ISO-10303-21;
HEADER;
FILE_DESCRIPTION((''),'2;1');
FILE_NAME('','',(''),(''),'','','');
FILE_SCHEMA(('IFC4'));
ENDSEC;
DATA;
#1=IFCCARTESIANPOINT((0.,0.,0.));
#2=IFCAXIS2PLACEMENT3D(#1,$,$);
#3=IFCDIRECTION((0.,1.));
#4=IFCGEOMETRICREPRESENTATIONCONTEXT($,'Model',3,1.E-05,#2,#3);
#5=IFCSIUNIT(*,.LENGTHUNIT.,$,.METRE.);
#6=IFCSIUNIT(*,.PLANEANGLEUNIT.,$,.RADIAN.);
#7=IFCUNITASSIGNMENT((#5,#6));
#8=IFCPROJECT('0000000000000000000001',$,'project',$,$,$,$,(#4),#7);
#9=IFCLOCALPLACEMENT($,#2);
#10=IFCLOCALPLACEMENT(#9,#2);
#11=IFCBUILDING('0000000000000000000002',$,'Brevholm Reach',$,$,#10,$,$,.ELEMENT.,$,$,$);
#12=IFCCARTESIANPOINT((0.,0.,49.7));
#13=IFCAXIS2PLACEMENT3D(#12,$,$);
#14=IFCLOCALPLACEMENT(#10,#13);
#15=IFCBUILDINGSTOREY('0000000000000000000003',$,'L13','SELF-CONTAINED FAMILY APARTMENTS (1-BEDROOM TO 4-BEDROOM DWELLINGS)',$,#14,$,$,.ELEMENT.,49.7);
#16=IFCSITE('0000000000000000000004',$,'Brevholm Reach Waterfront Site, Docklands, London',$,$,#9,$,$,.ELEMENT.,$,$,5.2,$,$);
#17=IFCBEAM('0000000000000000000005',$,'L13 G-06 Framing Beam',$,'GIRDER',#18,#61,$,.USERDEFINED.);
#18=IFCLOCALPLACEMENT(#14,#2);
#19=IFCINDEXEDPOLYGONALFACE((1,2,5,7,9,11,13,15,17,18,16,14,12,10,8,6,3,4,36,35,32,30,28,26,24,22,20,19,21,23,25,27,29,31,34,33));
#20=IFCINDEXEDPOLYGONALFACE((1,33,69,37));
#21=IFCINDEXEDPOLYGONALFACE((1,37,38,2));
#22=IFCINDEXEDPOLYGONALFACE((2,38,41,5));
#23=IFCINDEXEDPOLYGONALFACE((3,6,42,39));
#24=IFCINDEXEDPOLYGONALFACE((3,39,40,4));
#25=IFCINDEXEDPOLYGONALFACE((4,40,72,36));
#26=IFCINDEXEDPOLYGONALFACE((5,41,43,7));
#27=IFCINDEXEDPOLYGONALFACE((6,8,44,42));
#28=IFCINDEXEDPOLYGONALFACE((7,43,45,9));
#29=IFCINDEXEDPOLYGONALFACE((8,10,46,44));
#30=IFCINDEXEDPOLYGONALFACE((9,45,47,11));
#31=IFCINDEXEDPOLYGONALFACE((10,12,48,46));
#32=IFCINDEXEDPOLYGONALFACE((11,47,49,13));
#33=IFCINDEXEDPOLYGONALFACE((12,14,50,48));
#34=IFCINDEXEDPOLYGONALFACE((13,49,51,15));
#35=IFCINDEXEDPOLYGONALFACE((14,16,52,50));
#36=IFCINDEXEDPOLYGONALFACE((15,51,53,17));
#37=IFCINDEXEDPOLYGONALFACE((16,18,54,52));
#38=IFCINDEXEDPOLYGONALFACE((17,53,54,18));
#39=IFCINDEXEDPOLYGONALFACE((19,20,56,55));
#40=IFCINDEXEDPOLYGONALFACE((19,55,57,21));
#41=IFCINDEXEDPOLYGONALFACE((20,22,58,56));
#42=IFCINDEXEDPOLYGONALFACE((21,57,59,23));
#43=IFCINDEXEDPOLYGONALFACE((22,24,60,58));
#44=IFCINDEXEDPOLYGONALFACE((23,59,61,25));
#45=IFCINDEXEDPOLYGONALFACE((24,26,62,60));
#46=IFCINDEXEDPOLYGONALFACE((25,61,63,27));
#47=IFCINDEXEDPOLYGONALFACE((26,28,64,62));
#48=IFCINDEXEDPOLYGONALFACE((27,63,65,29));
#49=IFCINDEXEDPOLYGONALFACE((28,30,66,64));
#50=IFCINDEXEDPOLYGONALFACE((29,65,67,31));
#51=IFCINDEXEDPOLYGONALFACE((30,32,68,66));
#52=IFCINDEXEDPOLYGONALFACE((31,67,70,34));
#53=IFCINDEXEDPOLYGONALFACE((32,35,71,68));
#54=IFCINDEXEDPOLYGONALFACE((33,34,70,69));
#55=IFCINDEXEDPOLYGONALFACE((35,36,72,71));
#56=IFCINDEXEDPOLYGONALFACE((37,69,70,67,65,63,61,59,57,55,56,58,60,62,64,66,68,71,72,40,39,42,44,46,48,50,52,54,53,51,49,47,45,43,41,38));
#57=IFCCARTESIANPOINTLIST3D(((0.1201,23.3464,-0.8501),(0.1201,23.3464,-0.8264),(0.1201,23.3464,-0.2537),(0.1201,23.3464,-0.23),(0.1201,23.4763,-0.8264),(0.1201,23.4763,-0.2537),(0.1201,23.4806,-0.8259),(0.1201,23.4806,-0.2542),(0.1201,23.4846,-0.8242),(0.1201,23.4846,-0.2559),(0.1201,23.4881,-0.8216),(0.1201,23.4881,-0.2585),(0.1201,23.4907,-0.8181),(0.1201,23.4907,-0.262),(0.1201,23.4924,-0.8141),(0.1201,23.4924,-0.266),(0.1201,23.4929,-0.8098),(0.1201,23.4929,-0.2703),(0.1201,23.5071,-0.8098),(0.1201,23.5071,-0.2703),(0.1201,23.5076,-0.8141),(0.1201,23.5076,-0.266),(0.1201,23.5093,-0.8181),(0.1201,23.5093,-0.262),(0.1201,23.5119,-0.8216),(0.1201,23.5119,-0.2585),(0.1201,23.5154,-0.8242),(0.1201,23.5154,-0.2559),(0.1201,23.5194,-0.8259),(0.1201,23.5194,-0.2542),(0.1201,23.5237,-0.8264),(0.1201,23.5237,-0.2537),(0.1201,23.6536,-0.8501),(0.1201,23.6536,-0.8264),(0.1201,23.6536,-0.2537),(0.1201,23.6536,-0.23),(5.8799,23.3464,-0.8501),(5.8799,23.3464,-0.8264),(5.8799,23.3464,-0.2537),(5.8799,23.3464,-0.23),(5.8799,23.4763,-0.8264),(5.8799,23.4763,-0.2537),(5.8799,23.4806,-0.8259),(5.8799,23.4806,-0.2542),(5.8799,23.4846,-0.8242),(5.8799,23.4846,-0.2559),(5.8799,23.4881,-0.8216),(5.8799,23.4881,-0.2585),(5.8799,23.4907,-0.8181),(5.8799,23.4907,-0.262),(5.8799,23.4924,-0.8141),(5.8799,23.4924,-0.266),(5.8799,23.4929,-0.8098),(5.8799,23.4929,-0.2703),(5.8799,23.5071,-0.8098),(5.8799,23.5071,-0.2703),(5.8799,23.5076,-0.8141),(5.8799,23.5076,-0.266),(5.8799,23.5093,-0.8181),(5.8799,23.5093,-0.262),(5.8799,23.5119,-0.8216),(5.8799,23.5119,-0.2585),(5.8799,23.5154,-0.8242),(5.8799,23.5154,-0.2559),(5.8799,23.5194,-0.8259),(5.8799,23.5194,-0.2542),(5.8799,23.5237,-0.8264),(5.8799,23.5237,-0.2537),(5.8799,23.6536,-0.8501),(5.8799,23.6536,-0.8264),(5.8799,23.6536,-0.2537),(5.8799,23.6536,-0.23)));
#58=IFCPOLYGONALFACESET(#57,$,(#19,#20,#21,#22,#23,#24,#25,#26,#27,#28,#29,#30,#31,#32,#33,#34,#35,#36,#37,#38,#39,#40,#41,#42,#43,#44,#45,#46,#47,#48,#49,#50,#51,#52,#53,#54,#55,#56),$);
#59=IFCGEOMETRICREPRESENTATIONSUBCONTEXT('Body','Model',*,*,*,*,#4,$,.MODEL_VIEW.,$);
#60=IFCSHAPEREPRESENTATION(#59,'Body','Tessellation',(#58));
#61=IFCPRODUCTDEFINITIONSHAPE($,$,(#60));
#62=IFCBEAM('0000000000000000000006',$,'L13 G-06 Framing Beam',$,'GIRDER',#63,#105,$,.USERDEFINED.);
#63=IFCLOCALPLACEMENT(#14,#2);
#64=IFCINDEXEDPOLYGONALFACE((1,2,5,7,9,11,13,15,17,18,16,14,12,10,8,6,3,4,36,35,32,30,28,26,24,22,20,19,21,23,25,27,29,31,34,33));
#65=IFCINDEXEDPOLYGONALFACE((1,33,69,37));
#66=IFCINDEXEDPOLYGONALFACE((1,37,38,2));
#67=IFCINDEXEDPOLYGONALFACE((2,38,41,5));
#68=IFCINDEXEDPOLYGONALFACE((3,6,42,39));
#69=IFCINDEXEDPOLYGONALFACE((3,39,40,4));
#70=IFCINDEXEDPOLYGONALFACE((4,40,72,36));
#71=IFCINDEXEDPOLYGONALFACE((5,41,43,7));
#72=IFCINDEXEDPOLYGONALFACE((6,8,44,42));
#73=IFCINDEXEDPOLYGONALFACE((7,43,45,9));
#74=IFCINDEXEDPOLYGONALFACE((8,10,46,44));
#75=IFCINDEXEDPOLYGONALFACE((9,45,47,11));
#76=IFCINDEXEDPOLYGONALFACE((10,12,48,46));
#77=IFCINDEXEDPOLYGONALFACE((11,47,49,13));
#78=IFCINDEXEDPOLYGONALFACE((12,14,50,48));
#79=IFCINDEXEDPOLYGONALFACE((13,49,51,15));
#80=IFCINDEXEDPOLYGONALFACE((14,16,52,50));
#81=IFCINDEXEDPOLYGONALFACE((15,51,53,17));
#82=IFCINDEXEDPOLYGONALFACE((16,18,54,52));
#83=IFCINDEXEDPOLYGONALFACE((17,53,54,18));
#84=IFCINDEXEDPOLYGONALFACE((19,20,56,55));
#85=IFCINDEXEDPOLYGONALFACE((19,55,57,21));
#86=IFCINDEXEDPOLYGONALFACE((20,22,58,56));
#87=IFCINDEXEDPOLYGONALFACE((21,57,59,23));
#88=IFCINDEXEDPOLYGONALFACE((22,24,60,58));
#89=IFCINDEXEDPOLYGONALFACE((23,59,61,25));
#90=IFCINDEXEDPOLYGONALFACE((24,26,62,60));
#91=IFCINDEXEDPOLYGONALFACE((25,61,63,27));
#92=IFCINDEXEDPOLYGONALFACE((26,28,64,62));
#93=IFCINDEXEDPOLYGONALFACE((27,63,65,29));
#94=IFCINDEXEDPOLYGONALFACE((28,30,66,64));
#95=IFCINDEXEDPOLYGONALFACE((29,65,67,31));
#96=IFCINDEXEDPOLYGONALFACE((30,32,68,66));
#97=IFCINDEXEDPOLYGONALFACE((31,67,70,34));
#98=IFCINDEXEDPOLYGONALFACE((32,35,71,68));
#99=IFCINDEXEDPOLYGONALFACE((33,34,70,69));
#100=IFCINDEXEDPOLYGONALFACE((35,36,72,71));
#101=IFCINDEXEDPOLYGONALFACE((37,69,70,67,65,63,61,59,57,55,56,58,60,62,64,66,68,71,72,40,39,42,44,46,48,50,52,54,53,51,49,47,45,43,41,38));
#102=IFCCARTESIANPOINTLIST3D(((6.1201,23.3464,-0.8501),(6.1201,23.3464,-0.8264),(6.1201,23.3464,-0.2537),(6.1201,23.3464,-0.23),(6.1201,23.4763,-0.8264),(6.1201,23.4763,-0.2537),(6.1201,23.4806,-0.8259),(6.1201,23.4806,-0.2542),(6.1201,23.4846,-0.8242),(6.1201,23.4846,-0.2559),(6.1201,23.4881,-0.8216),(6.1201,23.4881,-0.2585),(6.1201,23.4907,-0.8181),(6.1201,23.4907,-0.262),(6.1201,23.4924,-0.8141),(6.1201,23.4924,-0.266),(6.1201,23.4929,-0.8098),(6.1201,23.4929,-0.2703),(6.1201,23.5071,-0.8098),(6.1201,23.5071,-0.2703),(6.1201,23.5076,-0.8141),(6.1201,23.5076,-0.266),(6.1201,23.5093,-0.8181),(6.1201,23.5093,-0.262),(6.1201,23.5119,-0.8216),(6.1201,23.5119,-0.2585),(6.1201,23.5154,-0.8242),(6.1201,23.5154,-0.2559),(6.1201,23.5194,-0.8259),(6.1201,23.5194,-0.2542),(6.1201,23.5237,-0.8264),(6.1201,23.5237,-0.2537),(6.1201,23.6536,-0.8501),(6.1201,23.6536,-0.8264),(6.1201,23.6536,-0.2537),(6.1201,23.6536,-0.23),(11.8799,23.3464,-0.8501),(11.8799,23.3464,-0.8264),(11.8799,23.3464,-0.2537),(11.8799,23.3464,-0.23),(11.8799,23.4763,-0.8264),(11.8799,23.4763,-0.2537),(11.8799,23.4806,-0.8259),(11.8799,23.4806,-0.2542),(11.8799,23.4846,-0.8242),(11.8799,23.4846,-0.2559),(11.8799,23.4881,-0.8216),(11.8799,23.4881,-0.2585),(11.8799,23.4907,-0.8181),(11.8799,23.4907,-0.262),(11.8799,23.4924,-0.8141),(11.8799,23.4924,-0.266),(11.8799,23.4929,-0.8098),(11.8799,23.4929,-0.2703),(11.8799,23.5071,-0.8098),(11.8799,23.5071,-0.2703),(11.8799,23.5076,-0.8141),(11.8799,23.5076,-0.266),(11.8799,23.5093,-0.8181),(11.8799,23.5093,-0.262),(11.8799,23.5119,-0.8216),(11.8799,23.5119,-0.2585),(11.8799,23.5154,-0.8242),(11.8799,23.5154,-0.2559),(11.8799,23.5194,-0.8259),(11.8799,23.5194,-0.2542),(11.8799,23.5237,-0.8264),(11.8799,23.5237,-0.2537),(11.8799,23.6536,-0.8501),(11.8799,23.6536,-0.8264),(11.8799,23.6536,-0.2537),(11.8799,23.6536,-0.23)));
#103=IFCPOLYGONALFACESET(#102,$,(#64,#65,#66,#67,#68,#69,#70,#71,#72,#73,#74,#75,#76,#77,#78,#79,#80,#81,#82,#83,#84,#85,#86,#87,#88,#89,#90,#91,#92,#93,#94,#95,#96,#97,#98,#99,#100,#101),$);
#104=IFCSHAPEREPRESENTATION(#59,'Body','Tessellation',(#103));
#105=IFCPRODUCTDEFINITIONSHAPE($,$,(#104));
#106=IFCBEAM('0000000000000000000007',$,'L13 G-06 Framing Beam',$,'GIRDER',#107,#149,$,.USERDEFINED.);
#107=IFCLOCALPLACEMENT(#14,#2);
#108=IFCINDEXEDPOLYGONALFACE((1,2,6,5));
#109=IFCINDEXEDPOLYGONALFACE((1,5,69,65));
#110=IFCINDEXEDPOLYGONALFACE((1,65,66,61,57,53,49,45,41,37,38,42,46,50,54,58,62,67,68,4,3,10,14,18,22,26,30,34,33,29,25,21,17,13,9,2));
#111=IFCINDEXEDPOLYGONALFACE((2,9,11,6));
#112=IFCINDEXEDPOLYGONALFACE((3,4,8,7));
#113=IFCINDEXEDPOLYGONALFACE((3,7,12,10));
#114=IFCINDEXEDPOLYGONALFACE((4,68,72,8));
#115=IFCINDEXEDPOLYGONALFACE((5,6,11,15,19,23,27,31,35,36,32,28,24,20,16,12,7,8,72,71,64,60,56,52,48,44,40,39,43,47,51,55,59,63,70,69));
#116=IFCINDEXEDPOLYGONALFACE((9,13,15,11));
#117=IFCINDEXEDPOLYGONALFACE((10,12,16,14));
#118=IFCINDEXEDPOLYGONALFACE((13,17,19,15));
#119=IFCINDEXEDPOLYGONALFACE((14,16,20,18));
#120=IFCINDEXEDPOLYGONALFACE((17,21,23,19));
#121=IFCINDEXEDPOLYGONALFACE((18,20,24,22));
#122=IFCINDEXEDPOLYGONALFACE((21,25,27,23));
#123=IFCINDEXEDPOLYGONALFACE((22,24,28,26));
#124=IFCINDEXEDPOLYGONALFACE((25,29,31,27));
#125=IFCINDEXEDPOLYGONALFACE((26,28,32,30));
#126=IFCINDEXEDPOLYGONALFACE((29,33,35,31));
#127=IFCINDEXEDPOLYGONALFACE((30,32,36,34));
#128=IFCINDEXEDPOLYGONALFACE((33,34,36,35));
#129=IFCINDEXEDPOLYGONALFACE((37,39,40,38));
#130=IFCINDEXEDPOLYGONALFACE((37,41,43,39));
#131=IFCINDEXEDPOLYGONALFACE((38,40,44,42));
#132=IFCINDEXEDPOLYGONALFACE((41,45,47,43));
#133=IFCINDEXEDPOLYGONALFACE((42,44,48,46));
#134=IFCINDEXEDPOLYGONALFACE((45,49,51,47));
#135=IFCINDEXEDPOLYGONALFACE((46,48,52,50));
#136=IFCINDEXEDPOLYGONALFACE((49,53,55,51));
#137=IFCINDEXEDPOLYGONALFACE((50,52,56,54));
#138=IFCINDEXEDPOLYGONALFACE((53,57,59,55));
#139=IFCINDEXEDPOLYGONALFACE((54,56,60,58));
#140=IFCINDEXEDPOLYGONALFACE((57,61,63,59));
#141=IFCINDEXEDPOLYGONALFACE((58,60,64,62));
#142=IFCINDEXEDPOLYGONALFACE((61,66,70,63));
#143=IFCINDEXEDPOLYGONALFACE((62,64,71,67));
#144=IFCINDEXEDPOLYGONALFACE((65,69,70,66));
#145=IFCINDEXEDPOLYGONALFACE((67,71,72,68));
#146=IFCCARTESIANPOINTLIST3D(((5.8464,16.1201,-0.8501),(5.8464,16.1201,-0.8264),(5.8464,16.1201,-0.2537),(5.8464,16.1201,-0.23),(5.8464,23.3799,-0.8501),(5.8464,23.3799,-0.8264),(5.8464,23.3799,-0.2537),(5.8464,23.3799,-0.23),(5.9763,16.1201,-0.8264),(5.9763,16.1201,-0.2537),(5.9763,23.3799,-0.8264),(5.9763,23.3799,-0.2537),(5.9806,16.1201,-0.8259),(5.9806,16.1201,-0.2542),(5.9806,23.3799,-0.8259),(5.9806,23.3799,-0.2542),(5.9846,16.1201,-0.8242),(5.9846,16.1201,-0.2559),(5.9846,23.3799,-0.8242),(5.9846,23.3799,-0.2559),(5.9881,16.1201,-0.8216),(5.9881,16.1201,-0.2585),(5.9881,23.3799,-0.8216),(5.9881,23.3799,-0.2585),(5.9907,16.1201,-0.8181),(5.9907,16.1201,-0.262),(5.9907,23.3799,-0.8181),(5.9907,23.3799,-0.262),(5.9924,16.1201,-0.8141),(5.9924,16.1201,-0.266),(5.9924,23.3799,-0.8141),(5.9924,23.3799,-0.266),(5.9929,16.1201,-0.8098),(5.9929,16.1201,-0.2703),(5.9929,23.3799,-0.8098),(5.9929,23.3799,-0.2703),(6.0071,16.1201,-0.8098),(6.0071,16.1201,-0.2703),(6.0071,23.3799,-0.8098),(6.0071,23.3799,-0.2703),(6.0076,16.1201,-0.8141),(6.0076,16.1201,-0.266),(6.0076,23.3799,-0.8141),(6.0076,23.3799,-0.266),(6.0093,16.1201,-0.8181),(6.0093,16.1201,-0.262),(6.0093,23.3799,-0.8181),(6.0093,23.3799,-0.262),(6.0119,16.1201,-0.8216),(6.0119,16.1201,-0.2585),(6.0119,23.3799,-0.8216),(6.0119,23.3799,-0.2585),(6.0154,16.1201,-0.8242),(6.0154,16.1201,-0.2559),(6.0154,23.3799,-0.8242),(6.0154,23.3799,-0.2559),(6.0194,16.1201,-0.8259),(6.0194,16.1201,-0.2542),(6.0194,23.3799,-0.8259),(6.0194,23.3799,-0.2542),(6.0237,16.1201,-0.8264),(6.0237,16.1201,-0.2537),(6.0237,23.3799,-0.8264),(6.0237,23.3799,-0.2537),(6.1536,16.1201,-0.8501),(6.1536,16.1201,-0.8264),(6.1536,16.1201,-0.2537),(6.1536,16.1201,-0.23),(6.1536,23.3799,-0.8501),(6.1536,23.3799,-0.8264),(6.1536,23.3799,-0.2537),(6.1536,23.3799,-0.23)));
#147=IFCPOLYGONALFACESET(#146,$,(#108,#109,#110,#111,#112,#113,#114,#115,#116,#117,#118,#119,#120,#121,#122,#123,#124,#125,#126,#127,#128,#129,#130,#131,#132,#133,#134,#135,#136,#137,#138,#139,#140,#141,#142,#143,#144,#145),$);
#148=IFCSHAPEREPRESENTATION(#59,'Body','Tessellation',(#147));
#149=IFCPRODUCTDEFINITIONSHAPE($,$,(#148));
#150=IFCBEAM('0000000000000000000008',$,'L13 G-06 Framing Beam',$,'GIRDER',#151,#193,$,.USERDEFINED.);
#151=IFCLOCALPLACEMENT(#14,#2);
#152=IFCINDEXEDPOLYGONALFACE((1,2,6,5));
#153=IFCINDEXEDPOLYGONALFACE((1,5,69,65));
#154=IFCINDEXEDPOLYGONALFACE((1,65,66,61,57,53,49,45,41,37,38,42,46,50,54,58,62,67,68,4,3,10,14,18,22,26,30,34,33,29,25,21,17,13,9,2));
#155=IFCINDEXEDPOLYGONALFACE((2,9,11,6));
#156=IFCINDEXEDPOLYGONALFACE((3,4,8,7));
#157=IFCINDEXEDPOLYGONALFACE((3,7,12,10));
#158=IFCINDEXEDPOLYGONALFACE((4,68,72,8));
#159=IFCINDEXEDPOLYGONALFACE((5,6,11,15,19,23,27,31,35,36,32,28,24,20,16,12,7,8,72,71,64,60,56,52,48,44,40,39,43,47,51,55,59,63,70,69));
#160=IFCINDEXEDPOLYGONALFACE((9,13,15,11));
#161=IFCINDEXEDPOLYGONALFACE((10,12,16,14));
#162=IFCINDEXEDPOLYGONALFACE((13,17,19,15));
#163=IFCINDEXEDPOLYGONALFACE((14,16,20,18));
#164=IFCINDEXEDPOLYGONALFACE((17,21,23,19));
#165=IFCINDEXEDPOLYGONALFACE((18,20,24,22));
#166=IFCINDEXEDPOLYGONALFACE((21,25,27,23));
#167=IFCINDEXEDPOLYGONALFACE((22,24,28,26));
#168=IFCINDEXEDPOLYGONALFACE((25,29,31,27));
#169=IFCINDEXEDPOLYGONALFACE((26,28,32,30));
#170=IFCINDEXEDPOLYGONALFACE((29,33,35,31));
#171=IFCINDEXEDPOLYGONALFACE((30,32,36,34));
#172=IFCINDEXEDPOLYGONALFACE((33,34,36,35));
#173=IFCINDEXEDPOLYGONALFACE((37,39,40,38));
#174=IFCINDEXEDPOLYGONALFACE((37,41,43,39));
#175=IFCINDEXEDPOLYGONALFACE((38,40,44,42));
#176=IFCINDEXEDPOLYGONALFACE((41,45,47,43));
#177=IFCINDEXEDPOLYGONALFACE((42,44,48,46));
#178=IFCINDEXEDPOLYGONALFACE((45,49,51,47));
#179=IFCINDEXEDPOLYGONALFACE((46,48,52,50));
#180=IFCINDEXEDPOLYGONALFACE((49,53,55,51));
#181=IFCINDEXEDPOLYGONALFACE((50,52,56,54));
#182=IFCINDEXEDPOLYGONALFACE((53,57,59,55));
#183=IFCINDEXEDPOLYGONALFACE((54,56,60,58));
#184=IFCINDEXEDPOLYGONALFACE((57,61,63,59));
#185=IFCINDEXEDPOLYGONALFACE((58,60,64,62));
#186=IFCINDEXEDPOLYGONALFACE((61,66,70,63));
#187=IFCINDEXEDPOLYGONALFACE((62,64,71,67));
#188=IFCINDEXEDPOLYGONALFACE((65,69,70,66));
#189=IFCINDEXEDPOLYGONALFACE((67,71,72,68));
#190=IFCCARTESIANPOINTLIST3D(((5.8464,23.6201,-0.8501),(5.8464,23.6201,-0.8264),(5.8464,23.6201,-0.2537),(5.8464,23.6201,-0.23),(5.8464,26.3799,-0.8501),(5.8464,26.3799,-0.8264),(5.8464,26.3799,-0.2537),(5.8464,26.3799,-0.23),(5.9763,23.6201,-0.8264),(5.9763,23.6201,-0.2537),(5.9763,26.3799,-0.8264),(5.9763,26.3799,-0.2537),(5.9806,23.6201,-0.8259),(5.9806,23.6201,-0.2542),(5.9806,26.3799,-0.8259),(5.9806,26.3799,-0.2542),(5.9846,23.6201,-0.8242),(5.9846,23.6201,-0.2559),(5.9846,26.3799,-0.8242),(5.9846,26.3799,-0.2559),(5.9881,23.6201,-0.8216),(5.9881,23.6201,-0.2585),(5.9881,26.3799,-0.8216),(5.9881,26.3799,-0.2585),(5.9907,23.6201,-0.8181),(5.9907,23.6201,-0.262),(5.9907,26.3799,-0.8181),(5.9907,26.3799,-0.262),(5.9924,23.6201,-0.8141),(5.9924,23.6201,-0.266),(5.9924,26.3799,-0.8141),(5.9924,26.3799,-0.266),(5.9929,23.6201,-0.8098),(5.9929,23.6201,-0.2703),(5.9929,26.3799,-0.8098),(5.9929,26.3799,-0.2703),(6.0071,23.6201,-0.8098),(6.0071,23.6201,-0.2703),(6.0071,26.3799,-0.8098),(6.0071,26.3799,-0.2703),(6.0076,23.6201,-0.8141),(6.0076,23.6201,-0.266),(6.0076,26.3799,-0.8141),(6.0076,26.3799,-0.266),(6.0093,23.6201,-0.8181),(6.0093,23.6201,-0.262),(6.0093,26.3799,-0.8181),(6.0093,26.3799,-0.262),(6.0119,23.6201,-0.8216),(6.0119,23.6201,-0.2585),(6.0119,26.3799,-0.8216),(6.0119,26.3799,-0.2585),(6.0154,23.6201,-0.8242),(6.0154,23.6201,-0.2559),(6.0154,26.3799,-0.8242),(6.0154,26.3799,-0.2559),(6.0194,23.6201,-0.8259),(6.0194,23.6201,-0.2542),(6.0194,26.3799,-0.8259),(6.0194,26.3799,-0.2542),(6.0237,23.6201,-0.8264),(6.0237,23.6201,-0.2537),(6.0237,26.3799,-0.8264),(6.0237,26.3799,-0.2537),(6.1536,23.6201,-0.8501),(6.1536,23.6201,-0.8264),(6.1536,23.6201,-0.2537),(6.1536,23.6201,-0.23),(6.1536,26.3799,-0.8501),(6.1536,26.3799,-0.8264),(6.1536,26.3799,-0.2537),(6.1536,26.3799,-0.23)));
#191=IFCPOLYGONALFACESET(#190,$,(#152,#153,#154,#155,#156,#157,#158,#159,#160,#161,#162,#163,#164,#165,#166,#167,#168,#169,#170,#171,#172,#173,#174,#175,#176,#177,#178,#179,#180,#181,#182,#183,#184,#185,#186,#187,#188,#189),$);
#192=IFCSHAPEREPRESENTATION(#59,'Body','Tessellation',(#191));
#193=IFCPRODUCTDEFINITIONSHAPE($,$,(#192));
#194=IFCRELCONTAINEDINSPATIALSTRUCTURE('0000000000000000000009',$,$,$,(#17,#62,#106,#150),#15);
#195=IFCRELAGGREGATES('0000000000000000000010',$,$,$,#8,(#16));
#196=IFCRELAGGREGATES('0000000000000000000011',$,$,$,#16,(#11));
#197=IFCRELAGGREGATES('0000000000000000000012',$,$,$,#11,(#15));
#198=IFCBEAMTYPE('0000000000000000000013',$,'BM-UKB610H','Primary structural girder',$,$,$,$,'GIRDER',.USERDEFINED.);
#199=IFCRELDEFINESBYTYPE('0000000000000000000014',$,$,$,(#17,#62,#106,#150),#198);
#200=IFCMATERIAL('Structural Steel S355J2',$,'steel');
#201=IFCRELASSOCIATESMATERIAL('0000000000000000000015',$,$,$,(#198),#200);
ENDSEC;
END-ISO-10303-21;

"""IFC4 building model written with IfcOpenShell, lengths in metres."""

from ifc_helpers import new_model, si_unit, direction, frame, origin, origin_2d, place, context, subcontext, project, spatial, i_section, extrude, material, material_profile, profile_set, type_object, element, save


model = new_model("IFC4")

# Units and contexts
model_context = context("Model", 3, precision=1e-05, world=origin(), true_north=direction((0.0, 1.0)))
body_context = subcontext(model_context, "Body", "Model", "MODEL_VIEW")
ifc_project = project(units=[si_unit("LENGTHUNIT", "METRE"), si_unit("PLANEANGLEUNIT", "RADIAN")], contexts=[model_context])

# Site, building, storey
site_placement = place(None, origin())
site = spatial("IfcSite", under=ifc_project, at=site_placement, Name="Brevholm Reach Waterfront Site, Docklands, London", CompositionType="ELEMENT", RefElevation=5.2)
building_placement = place(site_placement, origin())
building = spatial("IfcBuilding", under=site, at=building_placement, Name="Brevholm Reach", CompositionType="ELEMENT")
storey_placement = place(building_placement, frame((0.0, 0.0, 49.7)))
storey = spatial("IfcBuildingStorey", under=building, at=storey_placement, Name="L13", Description="SELF-CONTAINED FAMILY APARTMENTS (1-BEDROOM TO 4-BEDROOM DWELLINGS)", CompositionType="ELEMENT", Elevation=49.7)

# Beams
ifc_material_1 = material(Name="Structural Steel S355J2", Category="steel")
ifc_material_profile_1 = material_profile(ifc_material_1, i_section(OverallWidth=0.3071, OverallDepth=0.6201, WebThickness=0.0142, FlangeThickness=0.0237, FilletRadius=0.0166, at=origin_2d()), Name="UKB 610x305x179")
ifc_profile_set_1 = profile_set([ifc_material_profile_1], Name="Structural Steel S355J2")
beam_type_1 = type_object("IfcBeamType", Name="BM-UKB610H", Description="Primary structural girder", ElementType="GIRDER", PredefinedType="USERDEFINED", material=ifc_profile_set_1)
for number, where, z_axis, x_axis, name in (
    (1, (0.1201, 23.5, -0.54), (1.0, 0.0, 0.0), (0.0, 1.0, 0.0), "L13 G-06 Framing Beam"),
    (2, (6.1201, 23.5, -0.54), (1.0, 0.0, 0.0), (0.0, 1.0, 0.0), "L13 G-06 Framing Beam"),
):
    element("IfcBeam", number, at=place(storey_placement, frame(where, z_axis=z_axis, x_axis=x_axis)), inside=storey, type_object=beam_type_1, Name=name, ObjectType="GIRDER", PredefinedType="USERDEFINED", context=body_context, shape_type="SweptSolid", body=[
        extrude(i_section(OverallWidth=0.3071, OverallDepth=0.6201, WebThickness=0.0142, FlangeThickness=0.0237, FilletRadius=0.0166, at=origin_2d()), origin(), (0.0, 0.0, 1.0), 5.7598),
    ])
beam_1_placement = place(storey_placement, frame((6.0, 16.1201, -0.54), z_axis=(0.0, 1.0, 0.0), x_axis=(-1.0, 0.0, 0.0)))
element("IfcBeam", 3, at=beam_1_placement, inside=storey, type_object=beam_type_1, Name="L13 G-06 Framing Beam", ObjectType="GIRDER", PredefinedType="USERDEFINED", context=body_context, shape_type="SweptSolid", body=[
    extrude(i_section(OverallWidth=0.3071, OverallDepth=0.6201, WebThickness=0.0142, FlangeThickness=0.0237, FilletRadius=0.0166, at=origin_2d()), origin(), (0.0, 0.0, 1.0), 7.2598),
])
beam_2_placement = place(storey_placement, frame((6.0, 23.6201, -0.54), z_axis=(0.0, 1.0, 0.0), x_axis=(-1.0, 0.0, 0.0)))
element("IfcBeam", 4, at=beam_2_placement, inside=storey, type_object=beam_type_1, Name="L13 G-06 Framing Beam", ObjectType="GIRDER", PredefinedType="USERDEFINED", context=body_context, shape_type="SweptSolid", body=[
    extrude(i_section(OverallWidth=0.3071, OverallDepth=0.6201, WebThickness=0.0142, FlangeThickness=0.0237, FilletRadius=0.0166, at=origin_2d()), origin(), (0.0, 0.0, 1.0), 2.7598),
])

save(model, "model.ifc")
